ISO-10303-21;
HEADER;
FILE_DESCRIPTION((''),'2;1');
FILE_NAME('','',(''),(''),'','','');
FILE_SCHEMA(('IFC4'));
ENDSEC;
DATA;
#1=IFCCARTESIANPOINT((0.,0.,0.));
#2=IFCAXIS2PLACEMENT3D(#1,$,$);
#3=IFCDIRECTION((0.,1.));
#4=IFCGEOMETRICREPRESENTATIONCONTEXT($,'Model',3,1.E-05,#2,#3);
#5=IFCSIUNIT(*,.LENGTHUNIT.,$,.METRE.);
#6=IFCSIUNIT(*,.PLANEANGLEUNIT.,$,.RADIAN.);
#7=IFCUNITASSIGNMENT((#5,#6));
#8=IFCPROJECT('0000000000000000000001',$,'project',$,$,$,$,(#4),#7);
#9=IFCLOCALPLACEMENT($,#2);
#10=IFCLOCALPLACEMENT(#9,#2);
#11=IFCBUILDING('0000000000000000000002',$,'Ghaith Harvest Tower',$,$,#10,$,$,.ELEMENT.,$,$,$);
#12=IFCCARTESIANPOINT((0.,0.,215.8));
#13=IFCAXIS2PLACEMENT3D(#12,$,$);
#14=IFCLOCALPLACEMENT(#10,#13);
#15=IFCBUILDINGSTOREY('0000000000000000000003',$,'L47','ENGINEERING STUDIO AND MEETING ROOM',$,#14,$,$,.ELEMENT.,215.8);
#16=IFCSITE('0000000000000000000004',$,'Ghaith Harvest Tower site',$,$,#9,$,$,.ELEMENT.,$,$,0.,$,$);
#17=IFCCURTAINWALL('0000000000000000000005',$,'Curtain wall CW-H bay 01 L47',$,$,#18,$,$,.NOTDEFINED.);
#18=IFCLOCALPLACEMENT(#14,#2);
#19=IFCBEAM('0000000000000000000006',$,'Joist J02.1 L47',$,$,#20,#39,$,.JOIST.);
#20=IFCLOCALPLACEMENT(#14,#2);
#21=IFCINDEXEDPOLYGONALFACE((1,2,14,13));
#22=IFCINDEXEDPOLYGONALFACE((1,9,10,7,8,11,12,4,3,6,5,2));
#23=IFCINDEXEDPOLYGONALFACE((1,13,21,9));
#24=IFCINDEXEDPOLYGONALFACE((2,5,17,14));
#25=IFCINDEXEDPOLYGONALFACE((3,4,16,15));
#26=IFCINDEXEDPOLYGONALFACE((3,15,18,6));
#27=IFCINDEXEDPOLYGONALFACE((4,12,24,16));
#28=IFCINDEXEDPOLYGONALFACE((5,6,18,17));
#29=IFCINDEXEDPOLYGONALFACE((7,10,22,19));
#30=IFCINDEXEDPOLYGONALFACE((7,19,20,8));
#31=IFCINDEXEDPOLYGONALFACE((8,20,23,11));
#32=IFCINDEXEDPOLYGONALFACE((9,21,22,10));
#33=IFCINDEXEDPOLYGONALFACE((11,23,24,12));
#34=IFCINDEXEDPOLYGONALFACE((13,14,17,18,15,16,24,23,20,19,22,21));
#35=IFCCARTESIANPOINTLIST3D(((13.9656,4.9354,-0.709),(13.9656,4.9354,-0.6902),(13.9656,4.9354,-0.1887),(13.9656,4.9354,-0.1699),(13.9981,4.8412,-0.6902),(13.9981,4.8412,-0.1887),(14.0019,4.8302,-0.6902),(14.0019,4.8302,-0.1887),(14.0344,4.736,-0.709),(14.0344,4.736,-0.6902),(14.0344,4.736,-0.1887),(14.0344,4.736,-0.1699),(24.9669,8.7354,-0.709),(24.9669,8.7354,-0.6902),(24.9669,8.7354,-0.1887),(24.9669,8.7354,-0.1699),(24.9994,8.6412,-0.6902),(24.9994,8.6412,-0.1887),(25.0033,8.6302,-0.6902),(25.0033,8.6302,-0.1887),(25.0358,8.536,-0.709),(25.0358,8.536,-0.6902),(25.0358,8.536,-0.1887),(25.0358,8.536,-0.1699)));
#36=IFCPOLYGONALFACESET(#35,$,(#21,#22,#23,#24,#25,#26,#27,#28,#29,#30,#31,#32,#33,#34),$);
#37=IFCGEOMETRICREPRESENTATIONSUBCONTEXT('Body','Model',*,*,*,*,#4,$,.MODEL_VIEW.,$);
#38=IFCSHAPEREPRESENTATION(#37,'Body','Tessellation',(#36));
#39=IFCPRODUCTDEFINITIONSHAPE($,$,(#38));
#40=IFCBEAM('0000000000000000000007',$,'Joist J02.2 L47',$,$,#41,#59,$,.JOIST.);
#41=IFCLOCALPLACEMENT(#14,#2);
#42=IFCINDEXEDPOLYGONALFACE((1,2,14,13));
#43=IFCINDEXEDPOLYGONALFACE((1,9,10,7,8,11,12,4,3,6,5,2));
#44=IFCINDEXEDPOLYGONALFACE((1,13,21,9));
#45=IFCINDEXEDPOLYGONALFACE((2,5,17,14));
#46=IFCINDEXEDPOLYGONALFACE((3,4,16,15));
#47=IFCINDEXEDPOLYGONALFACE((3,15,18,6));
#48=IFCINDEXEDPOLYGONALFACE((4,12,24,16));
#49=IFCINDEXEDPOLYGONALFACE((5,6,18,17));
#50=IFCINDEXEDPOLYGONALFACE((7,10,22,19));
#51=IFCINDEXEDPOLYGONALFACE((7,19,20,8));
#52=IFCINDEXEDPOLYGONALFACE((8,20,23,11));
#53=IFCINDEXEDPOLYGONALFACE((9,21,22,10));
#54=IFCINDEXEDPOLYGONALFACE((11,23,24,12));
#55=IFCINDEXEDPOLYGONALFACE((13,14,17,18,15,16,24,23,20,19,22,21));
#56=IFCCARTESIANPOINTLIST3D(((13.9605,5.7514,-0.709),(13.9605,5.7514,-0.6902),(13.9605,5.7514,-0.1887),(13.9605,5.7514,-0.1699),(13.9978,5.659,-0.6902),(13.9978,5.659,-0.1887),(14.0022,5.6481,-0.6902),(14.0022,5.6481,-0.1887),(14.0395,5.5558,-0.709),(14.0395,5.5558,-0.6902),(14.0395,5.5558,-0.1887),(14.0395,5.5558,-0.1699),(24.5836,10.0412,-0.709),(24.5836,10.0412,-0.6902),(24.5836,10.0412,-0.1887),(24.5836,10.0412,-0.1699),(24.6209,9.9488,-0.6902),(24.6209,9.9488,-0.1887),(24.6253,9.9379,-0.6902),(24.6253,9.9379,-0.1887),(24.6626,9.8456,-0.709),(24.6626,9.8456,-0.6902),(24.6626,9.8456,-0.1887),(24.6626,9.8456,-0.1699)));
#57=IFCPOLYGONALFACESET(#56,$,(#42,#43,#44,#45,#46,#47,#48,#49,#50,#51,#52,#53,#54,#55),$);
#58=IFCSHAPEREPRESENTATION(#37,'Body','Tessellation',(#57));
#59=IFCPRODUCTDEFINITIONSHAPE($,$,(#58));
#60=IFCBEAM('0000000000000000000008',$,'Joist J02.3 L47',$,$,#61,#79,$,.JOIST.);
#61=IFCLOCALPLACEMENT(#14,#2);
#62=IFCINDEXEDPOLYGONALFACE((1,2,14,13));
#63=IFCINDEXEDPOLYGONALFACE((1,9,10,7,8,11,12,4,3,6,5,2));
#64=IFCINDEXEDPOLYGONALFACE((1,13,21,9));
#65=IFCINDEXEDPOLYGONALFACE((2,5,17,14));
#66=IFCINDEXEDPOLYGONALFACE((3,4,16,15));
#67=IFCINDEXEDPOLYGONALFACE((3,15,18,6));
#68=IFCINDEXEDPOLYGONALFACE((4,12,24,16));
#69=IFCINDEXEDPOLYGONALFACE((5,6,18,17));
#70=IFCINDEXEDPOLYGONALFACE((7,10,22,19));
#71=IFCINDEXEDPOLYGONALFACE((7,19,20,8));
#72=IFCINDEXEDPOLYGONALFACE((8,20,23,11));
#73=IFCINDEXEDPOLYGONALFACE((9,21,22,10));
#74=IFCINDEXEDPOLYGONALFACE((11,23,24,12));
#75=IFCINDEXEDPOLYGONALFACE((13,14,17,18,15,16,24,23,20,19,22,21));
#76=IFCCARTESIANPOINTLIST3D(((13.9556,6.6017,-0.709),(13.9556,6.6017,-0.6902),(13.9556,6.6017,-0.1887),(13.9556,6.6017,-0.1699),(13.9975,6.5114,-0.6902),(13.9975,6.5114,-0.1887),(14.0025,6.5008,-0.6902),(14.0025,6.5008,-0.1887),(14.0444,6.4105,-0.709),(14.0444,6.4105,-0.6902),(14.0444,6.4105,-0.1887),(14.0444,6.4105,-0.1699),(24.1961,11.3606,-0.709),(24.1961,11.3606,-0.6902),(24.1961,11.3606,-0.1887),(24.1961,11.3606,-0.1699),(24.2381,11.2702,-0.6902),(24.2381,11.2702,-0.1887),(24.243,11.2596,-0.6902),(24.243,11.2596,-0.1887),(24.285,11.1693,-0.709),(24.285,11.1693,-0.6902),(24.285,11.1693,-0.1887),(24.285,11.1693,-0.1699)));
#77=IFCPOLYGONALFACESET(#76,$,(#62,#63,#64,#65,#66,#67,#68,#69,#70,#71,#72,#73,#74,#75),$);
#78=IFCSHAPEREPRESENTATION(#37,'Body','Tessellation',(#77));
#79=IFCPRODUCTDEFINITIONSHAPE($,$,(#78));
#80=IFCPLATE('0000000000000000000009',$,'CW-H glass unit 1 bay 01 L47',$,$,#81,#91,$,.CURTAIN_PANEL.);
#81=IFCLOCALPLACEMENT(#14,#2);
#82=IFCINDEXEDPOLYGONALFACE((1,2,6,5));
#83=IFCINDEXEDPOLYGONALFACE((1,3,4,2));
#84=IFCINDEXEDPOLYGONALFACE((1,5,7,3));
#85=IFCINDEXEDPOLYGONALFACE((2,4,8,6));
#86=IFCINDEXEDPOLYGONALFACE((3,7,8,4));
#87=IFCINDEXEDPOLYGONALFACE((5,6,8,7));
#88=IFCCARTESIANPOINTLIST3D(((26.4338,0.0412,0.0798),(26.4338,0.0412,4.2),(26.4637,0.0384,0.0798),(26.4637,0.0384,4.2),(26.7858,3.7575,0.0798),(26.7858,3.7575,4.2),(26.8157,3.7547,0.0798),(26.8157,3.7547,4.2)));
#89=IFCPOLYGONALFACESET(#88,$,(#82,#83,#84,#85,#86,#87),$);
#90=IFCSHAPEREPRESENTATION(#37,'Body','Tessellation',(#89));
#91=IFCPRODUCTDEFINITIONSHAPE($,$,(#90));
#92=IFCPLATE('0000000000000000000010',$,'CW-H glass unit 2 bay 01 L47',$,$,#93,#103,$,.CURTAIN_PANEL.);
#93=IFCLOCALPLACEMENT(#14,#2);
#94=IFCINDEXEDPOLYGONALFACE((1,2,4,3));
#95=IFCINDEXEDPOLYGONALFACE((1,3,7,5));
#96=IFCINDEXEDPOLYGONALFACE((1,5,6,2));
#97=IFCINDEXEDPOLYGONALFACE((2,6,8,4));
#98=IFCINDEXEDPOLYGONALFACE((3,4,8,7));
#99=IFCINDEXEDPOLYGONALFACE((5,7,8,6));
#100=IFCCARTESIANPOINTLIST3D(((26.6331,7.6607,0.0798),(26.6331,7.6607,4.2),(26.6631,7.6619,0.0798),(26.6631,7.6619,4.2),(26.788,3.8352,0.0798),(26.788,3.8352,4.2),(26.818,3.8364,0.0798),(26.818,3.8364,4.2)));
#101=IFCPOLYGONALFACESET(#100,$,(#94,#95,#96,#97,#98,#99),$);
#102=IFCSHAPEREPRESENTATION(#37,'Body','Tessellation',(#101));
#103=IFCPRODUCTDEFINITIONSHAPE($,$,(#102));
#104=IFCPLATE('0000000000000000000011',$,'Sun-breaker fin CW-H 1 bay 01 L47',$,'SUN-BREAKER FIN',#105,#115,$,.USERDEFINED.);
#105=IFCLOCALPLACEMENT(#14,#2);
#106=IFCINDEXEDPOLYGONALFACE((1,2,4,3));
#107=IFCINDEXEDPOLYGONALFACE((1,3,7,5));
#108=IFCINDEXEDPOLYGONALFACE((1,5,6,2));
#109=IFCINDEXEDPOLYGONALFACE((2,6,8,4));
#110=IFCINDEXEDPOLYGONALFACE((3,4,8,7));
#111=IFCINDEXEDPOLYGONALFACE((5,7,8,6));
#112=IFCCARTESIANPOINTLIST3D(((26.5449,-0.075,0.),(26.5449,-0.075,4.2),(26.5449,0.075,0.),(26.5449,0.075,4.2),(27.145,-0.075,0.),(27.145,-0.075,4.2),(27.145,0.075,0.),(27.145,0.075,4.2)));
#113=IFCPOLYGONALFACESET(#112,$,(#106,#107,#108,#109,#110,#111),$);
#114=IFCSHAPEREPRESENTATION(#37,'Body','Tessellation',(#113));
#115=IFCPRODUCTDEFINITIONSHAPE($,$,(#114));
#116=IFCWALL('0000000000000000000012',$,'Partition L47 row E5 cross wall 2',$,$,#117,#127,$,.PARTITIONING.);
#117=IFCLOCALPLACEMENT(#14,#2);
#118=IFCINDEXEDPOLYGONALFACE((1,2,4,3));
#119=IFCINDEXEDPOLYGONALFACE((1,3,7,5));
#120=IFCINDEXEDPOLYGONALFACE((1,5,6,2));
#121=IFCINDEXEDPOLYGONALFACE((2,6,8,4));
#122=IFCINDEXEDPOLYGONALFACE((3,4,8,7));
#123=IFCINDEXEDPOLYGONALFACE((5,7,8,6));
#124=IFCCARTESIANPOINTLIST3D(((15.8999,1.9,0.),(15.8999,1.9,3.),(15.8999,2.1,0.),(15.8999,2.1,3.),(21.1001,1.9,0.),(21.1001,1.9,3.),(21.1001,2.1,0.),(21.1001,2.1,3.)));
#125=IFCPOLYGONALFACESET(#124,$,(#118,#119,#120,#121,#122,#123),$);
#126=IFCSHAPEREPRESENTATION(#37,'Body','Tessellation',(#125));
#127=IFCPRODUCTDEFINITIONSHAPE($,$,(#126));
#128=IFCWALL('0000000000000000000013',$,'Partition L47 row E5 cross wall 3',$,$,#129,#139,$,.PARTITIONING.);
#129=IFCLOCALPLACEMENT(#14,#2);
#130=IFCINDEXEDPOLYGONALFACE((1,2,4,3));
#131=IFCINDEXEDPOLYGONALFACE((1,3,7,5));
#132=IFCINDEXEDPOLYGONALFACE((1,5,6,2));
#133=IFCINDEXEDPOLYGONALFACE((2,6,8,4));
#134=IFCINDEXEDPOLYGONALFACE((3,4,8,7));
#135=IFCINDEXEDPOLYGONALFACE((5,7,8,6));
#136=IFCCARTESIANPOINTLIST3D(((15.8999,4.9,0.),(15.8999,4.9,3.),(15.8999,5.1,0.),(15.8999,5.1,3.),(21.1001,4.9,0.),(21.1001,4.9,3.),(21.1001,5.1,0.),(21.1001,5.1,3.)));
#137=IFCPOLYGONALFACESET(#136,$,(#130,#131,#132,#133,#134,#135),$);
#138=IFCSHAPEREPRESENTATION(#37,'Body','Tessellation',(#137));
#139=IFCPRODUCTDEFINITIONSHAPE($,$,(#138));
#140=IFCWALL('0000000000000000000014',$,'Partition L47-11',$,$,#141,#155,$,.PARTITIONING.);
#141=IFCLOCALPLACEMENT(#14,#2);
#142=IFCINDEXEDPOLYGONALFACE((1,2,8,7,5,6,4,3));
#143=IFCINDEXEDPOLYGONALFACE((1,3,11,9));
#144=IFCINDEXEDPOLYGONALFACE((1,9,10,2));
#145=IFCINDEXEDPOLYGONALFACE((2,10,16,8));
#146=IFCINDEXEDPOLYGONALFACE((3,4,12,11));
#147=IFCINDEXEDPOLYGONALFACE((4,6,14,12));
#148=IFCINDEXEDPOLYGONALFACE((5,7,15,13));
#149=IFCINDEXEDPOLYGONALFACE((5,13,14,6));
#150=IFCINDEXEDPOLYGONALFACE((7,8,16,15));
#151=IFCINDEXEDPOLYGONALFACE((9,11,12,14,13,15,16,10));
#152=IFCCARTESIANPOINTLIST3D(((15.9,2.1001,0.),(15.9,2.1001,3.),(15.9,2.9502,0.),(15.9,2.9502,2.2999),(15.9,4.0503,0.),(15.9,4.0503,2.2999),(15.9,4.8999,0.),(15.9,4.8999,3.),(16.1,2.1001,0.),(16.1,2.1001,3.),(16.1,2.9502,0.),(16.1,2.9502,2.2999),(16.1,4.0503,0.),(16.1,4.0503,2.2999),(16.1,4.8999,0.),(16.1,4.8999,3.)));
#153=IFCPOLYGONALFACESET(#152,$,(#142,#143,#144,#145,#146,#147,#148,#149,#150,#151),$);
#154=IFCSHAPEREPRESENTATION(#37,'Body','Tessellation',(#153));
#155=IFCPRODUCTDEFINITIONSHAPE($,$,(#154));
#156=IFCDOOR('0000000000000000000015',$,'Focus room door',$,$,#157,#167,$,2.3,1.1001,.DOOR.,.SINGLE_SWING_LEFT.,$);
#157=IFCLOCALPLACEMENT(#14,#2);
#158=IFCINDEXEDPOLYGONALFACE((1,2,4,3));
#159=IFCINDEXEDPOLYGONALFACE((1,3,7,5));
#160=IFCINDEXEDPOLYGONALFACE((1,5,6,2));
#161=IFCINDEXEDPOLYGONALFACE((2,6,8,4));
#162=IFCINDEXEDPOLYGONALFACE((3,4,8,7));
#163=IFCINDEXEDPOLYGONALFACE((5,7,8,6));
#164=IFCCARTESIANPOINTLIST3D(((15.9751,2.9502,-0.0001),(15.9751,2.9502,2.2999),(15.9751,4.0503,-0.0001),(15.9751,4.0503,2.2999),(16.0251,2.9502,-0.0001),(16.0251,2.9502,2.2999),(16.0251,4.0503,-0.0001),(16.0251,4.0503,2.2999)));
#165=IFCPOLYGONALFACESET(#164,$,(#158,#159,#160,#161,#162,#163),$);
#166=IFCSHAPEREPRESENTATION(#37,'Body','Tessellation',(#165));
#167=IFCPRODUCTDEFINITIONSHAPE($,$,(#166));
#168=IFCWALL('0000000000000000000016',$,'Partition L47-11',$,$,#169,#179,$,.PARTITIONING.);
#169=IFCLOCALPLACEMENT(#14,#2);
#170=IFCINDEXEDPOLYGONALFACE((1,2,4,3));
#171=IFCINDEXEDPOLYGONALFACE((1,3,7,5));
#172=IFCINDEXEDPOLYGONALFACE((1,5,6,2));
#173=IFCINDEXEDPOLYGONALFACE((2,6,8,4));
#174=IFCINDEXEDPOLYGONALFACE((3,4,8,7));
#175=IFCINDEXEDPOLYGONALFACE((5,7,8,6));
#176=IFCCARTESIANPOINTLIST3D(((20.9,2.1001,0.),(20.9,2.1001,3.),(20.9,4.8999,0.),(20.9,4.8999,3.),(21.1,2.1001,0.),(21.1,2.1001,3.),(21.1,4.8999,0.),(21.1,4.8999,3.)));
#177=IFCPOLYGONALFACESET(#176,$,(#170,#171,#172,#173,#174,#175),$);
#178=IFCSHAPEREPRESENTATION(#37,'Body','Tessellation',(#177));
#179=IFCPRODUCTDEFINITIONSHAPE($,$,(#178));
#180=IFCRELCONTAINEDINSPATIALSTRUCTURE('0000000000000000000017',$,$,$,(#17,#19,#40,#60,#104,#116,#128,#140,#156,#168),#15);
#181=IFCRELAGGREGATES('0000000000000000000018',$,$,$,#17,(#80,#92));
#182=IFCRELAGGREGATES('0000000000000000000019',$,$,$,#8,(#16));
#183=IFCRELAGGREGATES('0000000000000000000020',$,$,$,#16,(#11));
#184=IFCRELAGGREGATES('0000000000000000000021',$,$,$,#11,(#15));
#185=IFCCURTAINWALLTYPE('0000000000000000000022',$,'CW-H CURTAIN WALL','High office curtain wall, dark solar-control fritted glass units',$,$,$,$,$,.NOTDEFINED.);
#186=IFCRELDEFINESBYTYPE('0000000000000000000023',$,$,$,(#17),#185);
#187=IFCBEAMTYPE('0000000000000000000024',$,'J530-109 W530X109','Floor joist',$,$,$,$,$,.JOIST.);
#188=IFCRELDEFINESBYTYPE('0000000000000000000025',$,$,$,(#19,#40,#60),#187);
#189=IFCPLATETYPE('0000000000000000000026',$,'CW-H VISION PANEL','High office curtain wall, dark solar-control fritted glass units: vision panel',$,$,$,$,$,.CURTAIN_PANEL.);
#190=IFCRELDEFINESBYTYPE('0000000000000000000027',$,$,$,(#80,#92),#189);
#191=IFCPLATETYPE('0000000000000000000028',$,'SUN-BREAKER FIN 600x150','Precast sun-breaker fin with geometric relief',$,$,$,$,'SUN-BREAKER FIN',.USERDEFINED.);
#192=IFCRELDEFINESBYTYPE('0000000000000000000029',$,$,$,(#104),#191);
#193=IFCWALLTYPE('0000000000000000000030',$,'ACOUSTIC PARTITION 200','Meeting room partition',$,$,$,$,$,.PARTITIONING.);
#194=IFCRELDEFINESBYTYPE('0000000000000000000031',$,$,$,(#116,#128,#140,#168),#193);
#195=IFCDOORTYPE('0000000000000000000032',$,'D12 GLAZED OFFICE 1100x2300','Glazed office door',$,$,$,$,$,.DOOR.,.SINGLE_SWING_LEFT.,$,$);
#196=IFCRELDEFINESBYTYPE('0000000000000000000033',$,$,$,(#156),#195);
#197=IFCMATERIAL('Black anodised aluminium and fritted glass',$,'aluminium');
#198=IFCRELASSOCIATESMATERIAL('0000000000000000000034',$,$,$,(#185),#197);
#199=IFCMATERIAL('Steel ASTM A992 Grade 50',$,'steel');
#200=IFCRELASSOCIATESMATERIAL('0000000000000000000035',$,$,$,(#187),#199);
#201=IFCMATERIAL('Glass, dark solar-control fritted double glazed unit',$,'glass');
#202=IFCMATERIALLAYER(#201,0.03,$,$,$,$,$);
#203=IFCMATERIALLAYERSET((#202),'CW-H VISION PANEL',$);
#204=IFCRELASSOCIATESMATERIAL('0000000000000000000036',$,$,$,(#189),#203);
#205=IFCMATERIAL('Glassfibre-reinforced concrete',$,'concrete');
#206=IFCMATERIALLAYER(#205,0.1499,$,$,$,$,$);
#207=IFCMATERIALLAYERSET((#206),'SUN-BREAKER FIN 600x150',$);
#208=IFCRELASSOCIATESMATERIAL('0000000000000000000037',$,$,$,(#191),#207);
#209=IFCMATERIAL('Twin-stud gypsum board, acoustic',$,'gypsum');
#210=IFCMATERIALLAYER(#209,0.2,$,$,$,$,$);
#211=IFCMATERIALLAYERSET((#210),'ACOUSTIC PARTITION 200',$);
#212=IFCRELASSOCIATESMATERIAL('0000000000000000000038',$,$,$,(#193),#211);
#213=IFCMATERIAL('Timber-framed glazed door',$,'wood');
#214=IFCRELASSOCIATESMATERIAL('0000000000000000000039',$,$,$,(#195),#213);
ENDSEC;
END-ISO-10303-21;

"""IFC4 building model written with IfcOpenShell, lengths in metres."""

from ifc_helpers import new_model, si_unit, direction, frame, frame_2d, origin, origin_2d, place, context, subcontext, project, spatial, rectangle, i_section, extrude, material, layer, layer_set, material_profile, profile_set, type_object, element, fill, aggregate, save


model = new_model("IFC4")

# Units and contexts
model_context = context("Model", 3, precision=1e-05, world=origin(), true_north=direction((0.0, 1.0)))
body_context = subcontext(model_context, "Body", "Model", "MODEL_VIEW")
ifc_project = project(units=[si_unit("LENGTHUNIT", "METRE"), si_unit("PLANEANGLEUNIT", "RADIAN")], contexts=[model_context])

# Site, building, storey
site_placement = place(None, origin())
site = spatial("IfcSite", under=ifc_project, at=site_placement, Name="Ghaith Harvest Tower site", CompositionType="ELEMENT", RefElevation=0.0)
building_placement = place(site_placement, origin())
building = spatial("IfcBuilding", under=site, at=building_placement, Name="Ghaith Harvest Tower", CompositionType="ELEMENT")
storey_placement = place(building_placement, frame((0.0, 0.0, 215.8)))
storey = spatial("IfcBuildingStorey", under=building, at=storey_placement, Name="L47", Description="ENGINEERING STUDIO AND MEETING ROOM", CompositionType="ELEMENT", Elevation=215.8)

# Curtain wall
ifc_material_1 = material(Name="Black anodised aluminium and fritted glass", Category="aluminium")
curtain_wall_type = type_object("IfcCurtainWallType", Name="CW-H CURTAIN WALL", Description="High office curtain wall, dark solar-control fritted glass units", PredefinedType="NOTDEFINED", material=ifc_material_1)
curtain_wall_1_placement = place(storey_placement, origin())
curtain_wall_1 = element("IfcCurtainWall", 1, at=curtain_wall_1_placement, inside=storey, type_object=curtain_wall_type, Name="Curtain wall CW-H bay 01 L47", PredefinedType="NOTDEFINED")

# Beams
ifc_material_2 = material(Name="Steel ASTM A992 Grade 50", Category="steel")
ifc_material_profile_1 = material_profile(ifc_material_2, i_section(OverallWidth=0.2109, OverallDepth=0.5391, WebThickness=0.0117, FlangeThickness=0.0188, at=origin_2d()), Name="W530X109")
ifc_profile_set_1 = profile_set([ifc_material_profile_1], Name="Steel ASTM A992 Grade 50")
beam_type_1 = type_object("IfcBeamType", Name="J530-109 W530X109", Description="Floor joist", PredefinedType="JOIST", material=ifc_profile_set_1)
beam_1_placement = place(storey_placement, frame((14.0, 4.8357, -0.4395), z_axis=(0.945202, 0.326485, 0.0), x_axis=(-0.326485, 0.945202, 0.0)))
element("IfcBeam", 2, at=beam_1_placement, inside=storey, type_object=beam_type_1, Name="Joist J02.1 L47", PredefinedType="JOIST", context=body_context, shape_type="SweptSolid", body=[
    extrude(i_section(OverallWidth=0.2109, OverallDepth=0.5391, WebThickness=0.0117, FlangeThickness=0.0188, at=origin_2d()), origin(), (0.0, 0.0, 1.0), 11.6392),
])
beam_2_placement = place(storey_placement, frame((14.0, 5.6536, -0.4395), z_axis=(0.92725, 0.374442, 0.0), x_axis=(-0.374442, 0.92725, 0.0)))
element("IfcBeam", 3, at=beam_2_placement, inside=storey, type_object=beam_type_1, Name="Joist J02.2 L47", PredefinedType="JOIST", context=body_context, shape_type="SweptSolid", body=[
    extrude(i_section(OverallWidth=0.2109, OverallDepth=0.5391, WebThickness=0.0117, FlangeThickness=0.0188, at=origin_2d()), origin(), (0.0, 0.0, 1.0), 11.4565),
])
beam_3_placement = place(storey_placement, frame((14.0, 6.5061, -0.4395), z_axis=(0.906864, 0.421423, 0.0), x_axis=(-0.421423, 0.906864, 0.0)))
element("IfcBeam", 4, at=beam_3_placement, inside=storey, type_object=beam_type_1, Name="Joist J02.3 L47", PredefinedType="JOIST", context=body_context, shape_type="SweptSolid", body=[
    extrude(i_section(OverallWidth=0.2109, OverallDepth=0.5391, WebThickness=0.0117, FlangeThickness=0.0188, at=origin_2d()), origin(), (0.0, 0.0, 1.0), 11.2922),
])

# Plates
ifc_material_3 = material(Name="Glass, dark solar-control fritted double glazed unit", Category="glass")
ifc_layer_1 = layer(ifc_material_3, 0.03)
ifc_layer_set_1 = layer_set([ifc_layer_1], Name="CW-H VISION PANEL")
plate_type_1 = type_object("IfcPlateType", Name="CW-H VISION PANEL", Description="High office curtain wall, dark solar-control fritted glass units: vision panel", PredefinedType="CURTAIN_PANEL", material=ifc_layer_set_1)
plate_1_placement = place(storey_placement, frame((26.6248, 1.8979, 0.0798), z_axis=(0.0, 0.0, 1.0), x_axis=(0.094302, 0.995544, 0.0)))
plate_1 = element("IfcPlate", 5, at=plate_1_placement, type_object=plate_type_1, Name="CW-H glass unit 1 bay 01 L47", PredefinedType="CURTAIN_PANEL", context=body_context, shape_type="SweptSolid", body=[
    extrude(rectangle(XDim=3.7329, YDim=0.03, at=origin_2d()), origin(), (0.0, 0.0, 1.0), 4.1201),
])
plate_2_placement = place(storey_placement, frame((26.7256, 5.7485, 0.0798), z_axis=(0.0, 0.0, 1.0), x_axis=(-0.040462, 0.999181, 0.0)))
plate_2 = element("IfcPlate", 6, at=plate_2_placement, type_object=plate_type_1, Name="CW-H glass unit 2 bay 01 L47", PredefinedType="CURTAIN_PANEL", context=body_context, shape_type="SweptSolid", body=[
    extrude(rectangle(XDim=3.8286, YDim=0.03, at=origin_2d()), origin(), (0.0, 0.0, 1.0), 4.1201),
])
aggregate(curtain_wall_1, [plate_1, plate_2])
ifc_material_4 = material(Name="Glassfibre-reinforced concrete", Category="concrete")
ifc_layer_2 = layer(ifc_material_4, 0.1499)
ifc_layer_set_2 = layer_set([ifc_layer_2], Name="SUN-BREAKER FIN 600x150")
plate_type_2 = type_object("IfcPlateType", Name="SUN-BREAKER FIN 600x150", Description="Precast sun-breaker fin with geometric relief", ElementType="SUN-BREAKER FIN", PredefinedType="USERDEFINED", material=ifc_layer_set_2)
plate_3_placement = place(storey_placement, frame((26.845, 0.0, 0.0), z_axis=(0.0, 0.0, 1.0), x_axis=(1.0, 0.0, 0.0)))
element("IfcPlate", 7, at=plate_3_placement, inside=storey, type_object=plate_type_2, Name="Sun-breaker fin CW-H 1 bay 01 L47", ObjectType="SUN-BREAKER FIN", PredefinedType="USERDEFINED", context=body_context, shape_type="SweptSolid", body=[
    extrude(rectangle(XDim=0.6001, YDim=0.1499, at=origin_2d()), origin(), (0.0, 0.0, 1.0), 4.2),
])

# Walls
ifc_material_5 = material(Name="Twin-stud gypsum board, acoustic", Category="gypsum")
ifc_layer_3 = layer(ifc_material_5, 0.2)
ifc_layer_set_3 = layer_set([ifc_layer_3], Name="ACOUSTIC PARTITION 200")
wall_type_1 = type_object("IfcWallType", Name="ACOUSTIC PARTITION 200", Description="Meeting room partition", PredefinedType="PARTITIONING", material=ifc_layer_set_3)
for number, where, z_axis, x_axis, name in (
    (8, (15.8999, 2.0, 0.0), (0.0, 0.0, 1.0), (1.0, 0.0, 0.0), "Partition L47 row E5 cross wall 2"),
    (9, (15.8999, 5.0, 0.0), (0.0, 0.0, 1.0), (1.0, 0.0, 0.0), "Partition L47 row E5 cross wall 3"),
):
    element("IfcWall", number, at=place(storey_placement, frame(where, z_axis=z_axis, x_axis=x_axis)), inside=storey, type_object=wall_type_1, Name=name, PredefinedType="PARTITIONING", context=body_context, shape_type="SweptSolid", body=[
        extrude(rectangle(XDim=5.2002, YDim=0.2, at=frame_2d((2.6001, 0.0))), origin(), (0.0, 0.0, 1.0), 3.0),
    ])

# Wall, opening, door
wall_1_placement = place(storey_placement, frame((16.0, 2.1001, 0.0), z_axis=(0.0, 0.0, 1.0), x_axis=(0.0, 1.0, 0.0)))
wall_1 = element("IfcWall", 10, at=wall_1_placement, inside=storey, type_object=wall_type_1, Name="Partition L47-11", PredefinedType="PARTITIONING", context=body_context, shape_type="SweptSolid", body=[
    extrude(rectangle(XDim=2.7998, YDim=0.2, at=frame_2d((1.3999, 0.0))), origin(), (0.0, 0.0, 1.0), 3.0),
])
opening_1_placement = place(wall_1_placement, frame((0.8501, 0.0, 0.0)))
opening_1 = element("IfcOpeningElement", 11, at=opening_1_placement, cuts=wall_1, PredefinedType="OPENING", context=body_context, shape_type="SweptSolid", body=[
    extrude(rectangle(XDim=1.1001, YDim=2.3, at=frame_2d((0.55, 1.1499))), frame((0.0, 0.1099, 0.0), z_axis=(0.0, -1.0, 0.0), x_axis=(1.0, 0.0, 0.0)), (0.0, 0.0, 1.0), 0.22),
])
ifc_material_6 = material(Name="Timber-framed glazed door", Category="wood")
door_type_1 = type_object("IfcDoorType", Name="D12 GLAZED OFFICE 1100x2300", Description="Glazed office door", OperationType="SINGLE_SWING_LEFT", PredefinedType="DOOR", material=ifc_material_6)
door_1_placement = place(opening_1_placement, origin())
door_1 = element("IfcDoor", 12, at=door_1_placement, inside=storey, type_object=door_type_1, Name="Focus room door", OperationType="SINGLE_SWING_LEFT", OverallHeight=2.3, OverallWidth=1.1001, PredefinedType="DOOR", context=body_context, shape_type="SweptSolid", body=[
    extrude(rectangle(XDim=1.1001, YDim=2.3, at=frame_2d((0.55, 1.1499))), frame((0.0, 0.0249, 0.0), z_axis=(0.0, -1.0, 0.0), x_axis=(1.0, 0.0, 0.0)), (0.0, 0.0, 1.0), 0.05),
])
fill(opening_1, door_1)

# Wall
wall_2_placement = place(storey_placement, frame((21.0, 2.1001, 0.0), z_axis=(0.0, 0.0, 1.0), x_axis=(0.0, 1.0, 0.0)))
element("IfcWall", 13, at=wall_2_placement, inside=storey, type_object=wall_type_1, Name="Partition L47-11", PredefinedType="PARTITIONING", context=body_context, shape_type="SweptSolid", body=[
    extrude(rectangle(XDim=2.7998, YDim=0.2, at=frame_2d((1.3999, 0.0))), origin(), (0.0, 0.0, 1.0), 3.0),
])

save(model, "model.ifc")
